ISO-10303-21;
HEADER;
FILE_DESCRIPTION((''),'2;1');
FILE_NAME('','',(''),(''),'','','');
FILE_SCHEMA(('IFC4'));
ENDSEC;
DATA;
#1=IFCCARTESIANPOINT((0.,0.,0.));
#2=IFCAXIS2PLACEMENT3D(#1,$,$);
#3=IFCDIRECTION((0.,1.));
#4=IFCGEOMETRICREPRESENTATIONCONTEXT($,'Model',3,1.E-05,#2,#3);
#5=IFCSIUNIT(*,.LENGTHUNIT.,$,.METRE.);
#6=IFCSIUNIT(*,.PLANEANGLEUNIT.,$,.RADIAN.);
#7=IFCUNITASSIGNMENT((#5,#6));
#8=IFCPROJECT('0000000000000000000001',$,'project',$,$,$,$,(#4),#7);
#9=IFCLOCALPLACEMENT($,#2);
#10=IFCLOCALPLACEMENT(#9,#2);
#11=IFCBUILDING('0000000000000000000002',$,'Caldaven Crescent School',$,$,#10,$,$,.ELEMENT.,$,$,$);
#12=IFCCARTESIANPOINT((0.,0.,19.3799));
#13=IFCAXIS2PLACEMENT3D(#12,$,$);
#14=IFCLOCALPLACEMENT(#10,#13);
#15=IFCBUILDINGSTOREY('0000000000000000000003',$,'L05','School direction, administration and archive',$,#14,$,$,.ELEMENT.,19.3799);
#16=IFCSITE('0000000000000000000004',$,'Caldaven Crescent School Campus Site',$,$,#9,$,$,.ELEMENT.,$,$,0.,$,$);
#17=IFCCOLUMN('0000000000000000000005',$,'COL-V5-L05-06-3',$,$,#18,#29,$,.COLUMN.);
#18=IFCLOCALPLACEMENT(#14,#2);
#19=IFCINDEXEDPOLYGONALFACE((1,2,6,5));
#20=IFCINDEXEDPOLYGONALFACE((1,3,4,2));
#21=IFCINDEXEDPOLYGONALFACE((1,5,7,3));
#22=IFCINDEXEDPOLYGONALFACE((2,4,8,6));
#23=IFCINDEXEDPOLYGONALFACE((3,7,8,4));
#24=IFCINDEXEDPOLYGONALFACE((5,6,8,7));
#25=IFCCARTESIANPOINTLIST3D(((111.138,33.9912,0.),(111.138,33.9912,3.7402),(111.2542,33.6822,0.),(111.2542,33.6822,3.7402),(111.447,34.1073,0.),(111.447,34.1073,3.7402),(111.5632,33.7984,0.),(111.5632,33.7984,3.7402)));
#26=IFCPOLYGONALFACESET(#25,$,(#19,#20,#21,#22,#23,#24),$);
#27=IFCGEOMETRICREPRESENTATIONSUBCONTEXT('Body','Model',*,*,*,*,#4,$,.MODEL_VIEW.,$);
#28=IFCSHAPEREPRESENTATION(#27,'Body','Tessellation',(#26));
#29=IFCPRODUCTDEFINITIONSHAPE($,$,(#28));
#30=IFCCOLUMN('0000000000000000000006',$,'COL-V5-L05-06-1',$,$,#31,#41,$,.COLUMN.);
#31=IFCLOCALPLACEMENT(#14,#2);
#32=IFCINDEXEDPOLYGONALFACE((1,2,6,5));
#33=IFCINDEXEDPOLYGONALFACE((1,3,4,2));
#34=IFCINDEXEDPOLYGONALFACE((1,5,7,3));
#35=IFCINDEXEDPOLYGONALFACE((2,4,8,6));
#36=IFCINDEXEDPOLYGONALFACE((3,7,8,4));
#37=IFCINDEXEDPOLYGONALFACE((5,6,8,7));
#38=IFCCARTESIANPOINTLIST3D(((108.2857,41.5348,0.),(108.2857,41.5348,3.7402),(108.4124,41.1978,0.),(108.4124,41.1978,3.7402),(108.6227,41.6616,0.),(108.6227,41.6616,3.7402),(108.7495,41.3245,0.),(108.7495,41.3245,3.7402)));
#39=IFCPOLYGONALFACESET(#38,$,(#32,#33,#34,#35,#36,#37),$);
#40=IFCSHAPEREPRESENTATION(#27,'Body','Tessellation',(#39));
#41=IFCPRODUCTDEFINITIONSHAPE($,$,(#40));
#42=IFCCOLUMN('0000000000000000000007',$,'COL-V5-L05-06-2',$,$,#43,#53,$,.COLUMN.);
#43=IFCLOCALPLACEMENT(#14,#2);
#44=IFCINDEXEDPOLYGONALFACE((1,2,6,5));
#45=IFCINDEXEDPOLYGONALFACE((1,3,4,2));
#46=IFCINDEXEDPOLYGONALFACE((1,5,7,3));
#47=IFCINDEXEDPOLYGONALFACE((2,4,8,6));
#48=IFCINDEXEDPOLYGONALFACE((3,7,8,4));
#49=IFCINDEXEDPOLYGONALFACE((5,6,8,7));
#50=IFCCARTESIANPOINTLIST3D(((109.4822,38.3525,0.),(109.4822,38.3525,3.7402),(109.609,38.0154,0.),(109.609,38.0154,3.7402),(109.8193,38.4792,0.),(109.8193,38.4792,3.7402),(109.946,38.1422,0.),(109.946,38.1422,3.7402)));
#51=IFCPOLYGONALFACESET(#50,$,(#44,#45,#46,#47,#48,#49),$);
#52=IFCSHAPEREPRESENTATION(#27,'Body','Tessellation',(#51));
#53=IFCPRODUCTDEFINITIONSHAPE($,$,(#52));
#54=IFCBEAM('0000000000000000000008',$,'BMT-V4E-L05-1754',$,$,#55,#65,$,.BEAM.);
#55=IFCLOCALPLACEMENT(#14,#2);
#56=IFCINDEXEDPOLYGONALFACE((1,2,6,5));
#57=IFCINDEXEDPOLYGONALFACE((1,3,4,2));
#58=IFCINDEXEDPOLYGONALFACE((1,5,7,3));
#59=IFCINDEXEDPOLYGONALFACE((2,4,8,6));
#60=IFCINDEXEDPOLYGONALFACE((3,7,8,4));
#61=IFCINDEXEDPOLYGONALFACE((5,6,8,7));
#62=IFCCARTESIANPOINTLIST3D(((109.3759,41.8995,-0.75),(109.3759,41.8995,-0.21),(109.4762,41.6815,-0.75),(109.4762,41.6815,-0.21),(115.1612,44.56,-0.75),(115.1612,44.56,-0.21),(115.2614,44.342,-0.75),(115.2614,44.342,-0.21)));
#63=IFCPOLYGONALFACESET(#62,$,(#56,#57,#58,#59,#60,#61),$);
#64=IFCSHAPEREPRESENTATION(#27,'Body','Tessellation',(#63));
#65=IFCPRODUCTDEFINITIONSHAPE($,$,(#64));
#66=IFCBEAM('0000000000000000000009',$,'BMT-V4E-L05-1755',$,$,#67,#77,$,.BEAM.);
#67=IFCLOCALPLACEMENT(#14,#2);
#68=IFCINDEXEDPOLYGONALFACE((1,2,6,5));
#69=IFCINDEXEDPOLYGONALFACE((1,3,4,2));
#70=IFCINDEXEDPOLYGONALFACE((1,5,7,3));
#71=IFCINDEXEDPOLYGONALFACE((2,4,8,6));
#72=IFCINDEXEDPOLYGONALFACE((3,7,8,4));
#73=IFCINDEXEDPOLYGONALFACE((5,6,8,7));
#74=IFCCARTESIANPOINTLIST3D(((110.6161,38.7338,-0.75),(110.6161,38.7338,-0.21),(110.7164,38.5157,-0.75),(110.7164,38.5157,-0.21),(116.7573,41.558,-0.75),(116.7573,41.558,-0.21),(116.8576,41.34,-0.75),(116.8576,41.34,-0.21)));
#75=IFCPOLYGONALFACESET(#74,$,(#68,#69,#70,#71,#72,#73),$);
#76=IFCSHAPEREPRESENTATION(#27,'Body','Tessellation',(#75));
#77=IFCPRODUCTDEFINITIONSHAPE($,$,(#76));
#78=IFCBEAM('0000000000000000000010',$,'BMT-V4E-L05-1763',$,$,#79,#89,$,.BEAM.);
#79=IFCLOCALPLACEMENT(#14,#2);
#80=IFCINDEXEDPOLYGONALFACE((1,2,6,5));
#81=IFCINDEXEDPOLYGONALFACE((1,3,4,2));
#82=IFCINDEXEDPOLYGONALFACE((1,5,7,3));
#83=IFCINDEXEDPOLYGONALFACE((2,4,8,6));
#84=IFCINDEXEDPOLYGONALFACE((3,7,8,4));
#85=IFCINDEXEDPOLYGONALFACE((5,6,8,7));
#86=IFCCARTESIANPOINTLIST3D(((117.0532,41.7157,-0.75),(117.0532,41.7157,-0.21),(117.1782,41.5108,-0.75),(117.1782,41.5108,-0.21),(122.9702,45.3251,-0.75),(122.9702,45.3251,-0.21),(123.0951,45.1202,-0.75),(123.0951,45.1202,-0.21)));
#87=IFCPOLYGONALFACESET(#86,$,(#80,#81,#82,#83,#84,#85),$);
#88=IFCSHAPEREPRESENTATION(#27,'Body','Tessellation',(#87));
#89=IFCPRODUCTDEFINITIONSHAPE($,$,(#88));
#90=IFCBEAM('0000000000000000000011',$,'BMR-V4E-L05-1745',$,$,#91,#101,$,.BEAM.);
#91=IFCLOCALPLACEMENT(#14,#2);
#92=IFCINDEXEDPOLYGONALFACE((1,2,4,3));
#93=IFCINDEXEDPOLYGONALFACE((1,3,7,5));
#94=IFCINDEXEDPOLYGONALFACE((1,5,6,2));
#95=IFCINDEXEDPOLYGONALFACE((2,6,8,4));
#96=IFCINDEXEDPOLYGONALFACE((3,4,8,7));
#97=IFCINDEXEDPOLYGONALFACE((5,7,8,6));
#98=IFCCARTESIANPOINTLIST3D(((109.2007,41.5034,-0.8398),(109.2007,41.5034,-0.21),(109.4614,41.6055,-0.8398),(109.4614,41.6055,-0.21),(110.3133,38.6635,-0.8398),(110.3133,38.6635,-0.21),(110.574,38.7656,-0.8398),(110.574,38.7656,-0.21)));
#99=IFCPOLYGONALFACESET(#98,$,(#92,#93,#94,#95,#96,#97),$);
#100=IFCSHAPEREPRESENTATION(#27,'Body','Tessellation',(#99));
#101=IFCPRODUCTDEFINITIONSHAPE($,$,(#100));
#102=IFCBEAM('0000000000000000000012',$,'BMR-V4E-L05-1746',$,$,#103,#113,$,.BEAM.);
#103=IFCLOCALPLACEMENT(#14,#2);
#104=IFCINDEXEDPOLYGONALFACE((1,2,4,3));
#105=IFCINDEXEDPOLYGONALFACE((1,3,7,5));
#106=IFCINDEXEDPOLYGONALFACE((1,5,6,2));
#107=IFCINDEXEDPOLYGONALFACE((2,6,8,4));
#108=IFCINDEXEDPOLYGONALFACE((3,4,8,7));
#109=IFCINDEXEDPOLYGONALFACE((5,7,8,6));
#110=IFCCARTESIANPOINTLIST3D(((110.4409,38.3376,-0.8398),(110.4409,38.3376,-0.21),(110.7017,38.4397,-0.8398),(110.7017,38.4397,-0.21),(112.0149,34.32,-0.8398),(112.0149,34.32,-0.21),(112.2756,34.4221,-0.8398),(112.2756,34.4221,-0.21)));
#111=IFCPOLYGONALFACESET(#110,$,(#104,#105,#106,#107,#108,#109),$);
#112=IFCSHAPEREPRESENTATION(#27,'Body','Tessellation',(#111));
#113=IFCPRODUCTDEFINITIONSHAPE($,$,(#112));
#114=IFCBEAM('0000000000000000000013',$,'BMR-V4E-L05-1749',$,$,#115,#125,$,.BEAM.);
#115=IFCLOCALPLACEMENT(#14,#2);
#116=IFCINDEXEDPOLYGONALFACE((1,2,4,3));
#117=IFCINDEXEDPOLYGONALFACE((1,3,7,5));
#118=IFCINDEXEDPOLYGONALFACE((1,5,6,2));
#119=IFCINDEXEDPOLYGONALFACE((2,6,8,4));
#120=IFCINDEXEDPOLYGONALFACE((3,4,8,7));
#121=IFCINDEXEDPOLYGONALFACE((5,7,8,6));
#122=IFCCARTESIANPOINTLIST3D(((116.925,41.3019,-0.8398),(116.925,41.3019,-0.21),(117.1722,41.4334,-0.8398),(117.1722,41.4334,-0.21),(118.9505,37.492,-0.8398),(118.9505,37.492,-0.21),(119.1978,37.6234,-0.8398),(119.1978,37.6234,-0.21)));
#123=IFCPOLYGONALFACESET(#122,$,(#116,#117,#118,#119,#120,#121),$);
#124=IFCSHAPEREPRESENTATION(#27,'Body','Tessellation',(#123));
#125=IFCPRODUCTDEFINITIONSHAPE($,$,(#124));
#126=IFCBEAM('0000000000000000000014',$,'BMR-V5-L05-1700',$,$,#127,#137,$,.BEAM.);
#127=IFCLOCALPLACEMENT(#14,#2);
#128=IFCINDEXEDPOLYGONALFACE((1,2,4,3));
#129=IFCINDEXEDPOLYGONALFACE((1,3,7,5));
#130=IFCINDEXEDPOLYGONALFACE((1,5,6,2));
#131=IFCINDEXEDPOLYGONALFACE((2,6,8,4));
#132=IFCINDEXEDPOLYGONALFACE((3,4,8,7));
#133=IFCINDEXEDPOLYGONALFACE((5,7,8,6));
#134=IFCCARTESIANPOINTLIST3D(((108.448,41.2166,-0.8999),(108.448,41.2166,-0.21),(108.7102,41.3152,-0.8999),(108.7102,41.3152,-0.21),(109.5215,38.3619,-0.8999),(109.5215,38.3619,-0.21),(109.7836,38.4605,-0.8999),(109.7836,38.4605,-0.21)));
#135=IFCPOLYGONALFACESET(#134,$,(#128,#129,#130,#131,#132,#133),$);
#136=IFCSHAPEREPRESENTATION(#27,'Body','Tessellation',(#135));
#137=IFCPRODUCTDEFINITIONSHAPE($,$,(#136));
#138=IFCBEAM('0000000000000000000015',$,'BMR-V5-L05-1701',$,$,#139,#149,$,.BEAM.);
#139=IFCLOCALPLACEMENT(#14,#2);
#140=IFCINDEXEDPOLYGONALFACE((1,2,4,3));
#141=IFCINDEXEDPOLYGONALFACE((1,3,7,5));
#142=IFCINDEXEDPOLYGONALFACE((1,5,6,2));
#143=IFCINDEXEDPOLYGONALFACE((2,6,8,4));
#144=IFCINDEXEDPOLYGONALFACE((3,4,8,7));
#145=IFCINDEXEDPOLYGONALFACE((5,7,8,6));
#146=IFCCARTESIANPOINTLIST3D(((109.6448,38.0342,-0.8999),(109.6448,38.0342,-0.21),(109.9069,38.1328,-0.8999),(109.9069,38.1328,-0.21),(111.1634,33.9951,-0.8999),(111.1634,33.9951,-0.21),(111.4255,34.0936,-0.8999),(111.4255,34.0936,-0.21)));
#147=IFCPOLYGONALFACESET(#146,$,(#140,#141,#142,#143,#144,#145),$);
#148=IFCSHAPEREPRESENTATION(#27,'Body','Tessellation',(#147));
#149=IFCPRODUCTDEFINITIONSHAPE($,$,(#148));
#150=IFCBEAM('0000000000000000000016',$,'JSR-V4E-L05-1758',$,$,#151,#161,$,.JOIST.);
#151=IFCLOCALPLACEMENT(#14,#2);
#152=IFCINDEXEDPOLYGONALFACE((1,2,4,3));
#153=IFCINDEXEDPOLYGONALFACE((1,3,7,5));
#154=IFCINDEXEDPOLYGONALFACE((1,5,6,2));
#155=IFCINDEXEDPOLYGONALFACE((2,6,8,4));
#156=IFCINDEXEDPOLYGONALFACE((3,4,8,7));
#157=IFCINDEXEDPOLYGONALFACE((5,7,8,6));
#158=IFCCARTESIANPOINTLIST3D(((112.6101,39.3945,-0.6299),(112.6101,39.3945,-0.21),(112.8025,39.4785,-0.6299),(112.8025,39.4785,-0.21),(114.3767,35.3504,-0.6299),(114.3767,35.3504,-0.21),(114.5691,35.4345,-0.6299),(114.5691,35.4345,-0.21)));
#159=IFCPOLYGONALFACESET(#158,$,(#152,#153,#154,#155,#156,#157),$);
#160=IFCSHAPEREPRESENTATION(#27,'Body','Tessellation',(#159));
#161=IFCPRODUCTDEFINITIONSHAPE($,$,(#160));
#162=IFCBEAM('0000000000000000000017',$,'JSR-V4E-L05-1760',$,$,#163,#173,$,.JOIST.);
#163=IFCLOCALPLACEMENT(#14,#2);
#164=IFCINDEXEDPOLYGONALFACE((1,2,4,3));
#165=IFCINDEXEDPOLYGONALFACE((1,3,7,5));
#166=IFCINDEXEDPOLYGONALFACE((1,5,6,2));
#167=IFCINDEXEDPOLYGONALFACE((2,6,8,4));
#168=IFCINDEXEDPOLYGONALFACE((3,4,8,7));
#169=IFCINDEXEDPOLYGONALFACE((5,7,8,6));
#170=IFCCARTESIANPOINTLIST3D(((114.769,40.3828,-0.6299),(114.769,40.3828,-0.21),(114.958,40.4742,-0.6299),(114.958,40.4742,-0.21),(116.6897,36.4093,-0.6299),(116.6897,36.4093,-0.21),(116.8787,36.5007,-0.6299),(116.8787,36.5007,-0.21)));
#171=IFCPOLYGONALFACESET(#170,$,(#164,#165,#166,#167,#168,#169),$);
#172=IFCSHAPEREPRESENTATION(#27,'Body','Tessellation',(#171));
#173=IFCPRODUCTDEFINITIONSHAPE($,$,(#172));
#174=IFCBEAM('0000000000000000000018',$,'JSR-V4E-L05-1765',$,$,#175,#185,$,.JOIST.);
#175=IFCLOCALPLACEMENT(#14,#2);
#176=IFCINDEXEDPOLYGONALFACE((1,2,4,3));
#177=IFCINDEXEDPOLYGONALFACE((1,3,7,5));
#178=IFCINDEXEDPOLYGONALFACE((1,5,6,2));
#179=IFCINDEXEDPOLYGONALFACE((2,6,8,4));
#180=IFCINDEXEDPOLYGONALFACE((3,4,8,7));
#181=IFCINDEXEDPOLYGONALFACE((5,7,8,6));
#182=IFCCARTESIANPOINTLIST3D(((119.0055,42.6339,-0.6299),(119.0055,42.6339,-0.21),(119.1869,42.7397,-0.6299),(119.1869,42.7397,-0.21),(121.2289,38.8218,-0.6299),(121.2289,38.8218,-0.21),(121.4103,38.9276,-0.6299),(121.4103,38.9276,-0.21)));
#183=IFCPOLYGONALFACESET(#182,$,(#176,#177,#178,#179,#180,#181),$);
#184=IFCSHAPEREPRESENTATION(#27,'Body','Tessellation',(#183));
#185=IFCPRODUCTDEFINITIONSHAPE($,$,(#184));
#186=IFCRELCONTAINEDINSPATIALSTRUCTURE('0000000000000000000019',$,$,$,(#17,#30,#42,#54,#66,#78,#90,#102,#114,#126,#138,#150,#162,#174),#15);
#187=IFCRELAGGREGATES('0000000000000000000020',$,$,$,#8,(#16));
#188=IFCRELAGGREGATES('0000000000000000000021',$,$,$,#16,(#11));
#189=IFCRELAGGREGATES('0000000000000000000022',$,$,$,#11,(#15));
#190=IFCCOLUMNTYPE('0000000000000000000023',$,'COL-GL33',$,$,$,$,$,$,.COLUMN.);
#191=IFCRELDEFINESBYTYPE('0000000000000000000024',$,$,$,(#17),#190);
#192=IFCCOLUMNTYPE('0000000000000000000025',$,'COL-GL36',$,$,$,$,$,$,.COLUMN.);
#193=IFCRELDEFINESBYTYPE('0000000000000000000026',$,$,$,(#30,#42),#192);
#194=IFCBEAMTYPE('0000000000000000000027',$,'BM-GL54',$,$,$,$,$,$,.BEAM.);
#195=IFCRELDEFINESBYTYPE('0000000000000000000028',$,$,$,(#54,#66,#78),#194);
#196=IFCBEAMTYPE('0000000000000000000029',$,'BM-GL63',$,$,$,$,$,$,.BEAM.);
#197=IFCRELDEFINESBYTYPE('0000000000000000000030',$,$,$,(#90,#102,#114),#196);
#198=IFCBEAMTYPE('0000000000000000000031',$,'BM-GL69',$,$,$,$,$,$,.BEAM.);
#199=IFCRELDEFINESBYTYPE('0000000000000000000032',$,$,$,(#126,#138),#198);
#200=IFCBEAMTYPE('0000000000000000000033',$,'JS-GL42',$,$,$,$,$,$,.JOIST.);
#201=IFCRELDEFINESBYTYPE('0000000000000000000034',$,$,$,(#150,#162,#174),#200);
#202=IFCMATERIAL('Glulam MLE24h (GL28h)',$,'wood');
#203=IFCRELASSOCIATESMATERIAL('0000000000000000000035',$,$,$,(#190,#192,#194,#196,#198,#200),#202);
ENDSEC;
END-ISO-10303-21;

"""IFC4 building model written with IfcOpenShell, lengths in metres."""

from ifc_helpers import new_model, si_unit, direction, frame, origin, origin_2d, place, context, subcontext, project, spatial, rectangle, extrude, material, material_profile, profile_set, type_object, element, save


model = new_model("IFC4")

# Units and contexts
model_context = context("Model", 3, precision=1e-05, world=origin(), true_north=direction((0.0, 1.0)))
body_context = subcontext(model_context, "Body", "Model", "MODEL_VIEW")
ifc_project = project(units=[si_unit("LENGTHUNIT", "METRE"), si_unit("PLANEANGLEUNIT", "RADIAN")], contexts=[model_context])

# Site, building, storey
site_placement = place(None, origin())
site = spatial("IfcSite", under=ifc_project, at=site_placement, Name="Caldaven Crescent School Campus Site", CompositionType="ELEMENT", RefElevation=0.0)
building_placement = place(site_placement, origin())
building = spatial("IfcBuilding", under=site, at=building_placement, Name="Caldaven Crescent School", CompositionType="ELEMENT")
storey_placement = place(building_placement, frame((0.0, 0.0, 19.3799)))
storey = spatial("IfcBuildingStorey", under=building, at=storey_placement, Name="L05", Description="School direction, administration and archive", CompositionType="ELEMENT", Elevation=19.3799)

# Columns
ifc_material_1 = material(Name="Glulam MLE24h (GL28h)", Category="wood")
ifc_material_profile_1 = material_profile(ifc_material_1, rectangle(XDim=0.3301, YDim=0.3301, at=origin_2d()), Name="MLE 330x330")
ifc_profile_set_1 = profile_set([ifc_material_profile_1], Name="Glulam MLE24h (GL28h)")
column_type_1 = type_object("IfcColumnType", Name="COL-GL33", PredefinedType="COLUMN", material=ifc_profile_set_1)
column_placement = place(storey_placement, frame((111.3506, 33.8948, 0.0), z_axis=(0.0, 0.0, 1.0), x_axis=(0.352005, -0.935998, 0.0)))
element("IfcColumn", 1, at=column_placement, inside=storey, type_object=column_type_1, Name="COL-V5-L05-06-3", PredefinedType="COLUMN", context=body_context, shape_type="SweptSolid", body=[
    extrude(rectangle(XDim=0.3301, YDim=0.3301, at=origin_2d()), origin(), (0.0, 0.0, 1.0), 3.7402),
])
ifc_material_profile_2 = material_profile(ifc_material_1, rectangle(XDim=0.3601, YDim=0.3601, at=origin_2d()), Name="MLE 360x360")
ifc_profile_set_2 = profile_set([ifc_material_profile_2], Name="Glulam MLE24h (GL28h)")
column_type_2 = type_object("IfcColumnType", Name="COL-GL36", PredefinedType="COLUMN", material=ifc_profile_set_2)
for number, where, z_axis, x_axis, name in (
    (2, (108.5176, 41.4297, 0.0), (0.0, 0.0, 1.0), (0.352005, -0.935998, 0.0), "COL-V5-L05-06-1"),
    (3, (109.7141, 38.2473, 0.0), (0.0, 0.0, 1.0), (0.352005, -0.935998, 0.0), "COL-V5-L05-06-2"),
):
    element("IfcColumn", number, at=place(storey_placement, frame(where, z_axis=z_axis, x_axis=x_axis)), inside=storey, type_object=column_type_2, Name=name, PredefinedType="COLUMN", context=body_context, shape_type="SweptSolid", body=[
        extrude(rectangle(XDim=0.3601, YDim=0.3601, at=origin_2d()), origin(), (0.0, 0.0, 1.0), 3.7402),
    ])

# Beams
ifc_material_profile_3 = material_profile(ifc_material_1, rectangle(XDim=0.24, YDim=0.54, at=origin_2d()), Name="MLE 240x540")
ifc_profile_set_3 = profile_set([ifc_material_profile_3], Name="Glulam MLE24h (GL28h)")
beam_type_1 = type_object("IfcBeamType", Name="BM-GL54", PredefinedType="BEAM", material=ifc_profile_set_3)
beam_1_placement = place(storey_placement, frame((109.426, 41.7905, -0.48), z_axis=(0.908536, 0.417806, 0.0), x_axis=(-0.417806, 0.908536, 0.0)))
element("IfcBeam", 4, at=beam_1_placement, inside=storey, type_object=beam_type_1, Name="BMT-V4E-L05-1754", PredefinedType="BEAM", context=body_context, shape_type="SweptSolid", body=[
    extrude(rectangle(XDim=0.24, YDim=0.54, at=origin_2d()), origin(), (0.0, 0.0, 1.0), 6.3677),
])
beam_2_placement = place(storey_placement, frame((110.6663, 38.6248, -0.48), z_axis=(0.908529, 0.417821, 0.0), x_axis=(-0.417821, 0.908529, 0.0)))
element("IfcBeam", 5, at=beam_2_placement, inside=storey, type_object=beam_type_1, Name="BMT-V4E-L05-1755", PredefinedType="BEAM", context=body_context, shape_type="SweptSolid", body=[
    extrude(rectangle(XDim=0.24, YDim=0.54, at=origin_2d()), origin(), (0.0, 0.0, 1.0), 6.7595),
])
beam_3_placement = place(storey_placement, frame((117.1157, 41.6133, -0.48), z_axis=(0.853703, 0.52076, 0.0), x_axis=(-0.52076, 0.853703, 0.0)))
element("IfcBeam", 6, at=beam_3_placement, inside=storey, type_object=beam_type_1, Name="BMT-V4E-L05-1763", PredefinedType="BEAM", context=body_context, shape_type="SweptSolid", body=[
    extrude(rectangle(XDim=0.24, YDim=0.54, at=origin_2d()), origin(), (0.0, 0.0, 1.0), 6.9309),
])
ifc_material_profile_4 = material_profile(ifc_material_1, rectangle(XDim=0.28, YDim=0.6299, at=origin_2d()), Name="MLE 280x630")
ifc_profile_set_4 = profile_set([ifc_material_profile_4], Name="Glulam MLE24h (GL28h)")
beam_type_2 = type_object("IfcBeamType", Name="BM-GL63", PredefinedType="BEAM", material=ifc_profile_set_4)
beam_4_placement = place(storey_placement, frame((109.3311, 41.5544, -0.5249), z_axis=(0.364771, -0.931097, 0.0), x_axis=(0.931097, 0.364771, 0.0)))
element("IfcBeam", 7, at=beam_4_placement, inside=storey, type_object=beam_type_2, Name="BMR-V4E-L05-1745", PredefinedType="BEAM", context=body_context, shape_type="SweptSolid", body=[
    extrude(rectangle(XDim=0.28, YDim=0.6299, at=origin_2d()), origin(), (0.0, 0.0, 1.0), 3.05),
])
for number, where, z_axis, x_axis, name in (
    (8, (110.5713, 38.3887, -0.5249), (0.364777, -0.931095, 0.0), (0.931095, 0.364777, 0.0), "BMR-V4E-L05-1746"),
    (9, (117.0486, 41.3677, -0.5249), (0.469434, -0.882968, 0.0), (0.882968, 0.469434, 0.0), "BMR-V4E-L05-1749"),
):
    element("IfcBeam", number, at=place(storey_placement, frame(where, z_axis=z_axis, x_axis=x_axis)), inside=storey, type_object=beam_type_2, Name=name, PredefinedType="BEAM", context=body_context, shape_type="SweptSolid", body=[
        extrude(rectangle(XDim=0.28, YDim=0.6299, at=origin_2d()), origin(), (0.0, 0.0, 1.0), 4.3149),
    ])
ifc_material_profile_5 = material_profile(ifc_material_1, rectangle(XDim=0.28, YDim=0.6899, at=origin_2d()), Name="MLE 280x690")
ifc_profile_set_5 = profile_set([ifc_material_profile_5], Name="Glulam MLE24h (GL28h)")
beam_type_3 = type_object("IfcBeamType", Name="BM-GL69", PredefinedType="BEAM", material=ifc_profile_set_5)
beam_5_placement = place(storey_placement, frame((108.5791, 41.2659, -0.5549), z_axis=(0.351974, -0.93601, 0.0), x_axis=(0.93601, 0.351974, 0.0)))
element("IfcBeam", 10, at=beam_5_placement, inside=storey, type_object=beam_type_3, Name="BMR-V5-L05-1700", PredefinedType="BEAM", context=body_context, shape_type="SweptSolid", body=[
    extrude(rectangle(XDim=0.28, YDim=0.6899, at=origin_2d()), origin(), (0.0, 0.0, 1.0), 3.0498),
])
beam_6_placement = place(storey_placement, frame((109.7759, 38.0835, -0.5549), z_axis=(0.351917, -0.936031, 0.0), x_axis=(0.936031, 0.351917, 0.0)))
element("IfcBeam", 11, at=beam_6_placement, inside=storey, type_object=beam_type_3, Name="BMR-V5-L05-1701", PredefinedType="BEAM", context=body_context, shape_type="SweptSolid", body=[
    extrude(rectangle(XDim=0.28, YDim=0.6899, at=origin_2d()), origin(), (0.0, 0.0, 1.0), 4.3152),
])
ifc_material_profile_6 = material_profile(ifc_material_1, rectangle(XDim=0.21, YDim=0.4199, at=origin_2d()), Name="MLE 210x420")
ifc_profile_set_6 = profile_set([ifc_material_profile_6], Name="Glulam MLE24h (GL28h)")
beam_type_4 = type_object("IfcBeamType", Name="JS-GL42", PredefinedType="JOIST", material=ifc_profile_set_6)
beam_7_placement = place(storey_placement, frame((112.7063, 39.4365, -0.4199), z_axis=(0.400299, -0.916384, 0.0), x_axis=(0.916384, 0.400299, 0.0)))
element("IfcBeam", 12, at=beam_7_placement, inside=storey, type_object=beam_type_4, Name="JSR-V4E-L05-1758", PredefinedType="JOIST", context=body_context, shape_type="SweptSolid", body=[
    extrude(rectangle(XDim=0.21, YDim=0.4199, at=origin_2d()), origin(), (0.0, 0.0, 1.0), 4.4131),
])
beam_8_placement = place(storey_placement, frame((114.8635, 40.4285, -0.4199), z_axis=(0.435202, -0.900333, 0.0), x_axis=(0.900333, 0.435202, 0.0)))
element("IfcBeam", 13, at=beam_8_placement, inside=storey, type_object=beam_type_4, Name="JSR-V4E-L05-1760", PredefinedType="JOIST", context=body_context, shape_type="SweptSolid", body=[
    extrude(rectangle(XDim=0.21, YDim=0.4199, at=origin_2d()), origin(), (0.0, 0.0, 1.0), 4.4133),
])
beam_9_placement = place(storey_placement, frame((119.0962, 42.6868, -0.4199), z_axis=(0.503823, -0.863807, 0.0), x_axis=(0.863807, 0.503823, 0.0)))
element("IfcBeam", 14, at=beam_9_placement, inside=storey, type_object=beam_type_4, Name="JSR-V4E-L05-1765", PredefinedType="JOIST", context=body_context, shape_type="SweptSolid", body=[
    extrude(rectangle(XDim=0.21, YDim=0.4199, at=origin_2d()), origin(), (0.0, 0.0, 1.0), 4.4131),
])

save(model, "model.ifc")
